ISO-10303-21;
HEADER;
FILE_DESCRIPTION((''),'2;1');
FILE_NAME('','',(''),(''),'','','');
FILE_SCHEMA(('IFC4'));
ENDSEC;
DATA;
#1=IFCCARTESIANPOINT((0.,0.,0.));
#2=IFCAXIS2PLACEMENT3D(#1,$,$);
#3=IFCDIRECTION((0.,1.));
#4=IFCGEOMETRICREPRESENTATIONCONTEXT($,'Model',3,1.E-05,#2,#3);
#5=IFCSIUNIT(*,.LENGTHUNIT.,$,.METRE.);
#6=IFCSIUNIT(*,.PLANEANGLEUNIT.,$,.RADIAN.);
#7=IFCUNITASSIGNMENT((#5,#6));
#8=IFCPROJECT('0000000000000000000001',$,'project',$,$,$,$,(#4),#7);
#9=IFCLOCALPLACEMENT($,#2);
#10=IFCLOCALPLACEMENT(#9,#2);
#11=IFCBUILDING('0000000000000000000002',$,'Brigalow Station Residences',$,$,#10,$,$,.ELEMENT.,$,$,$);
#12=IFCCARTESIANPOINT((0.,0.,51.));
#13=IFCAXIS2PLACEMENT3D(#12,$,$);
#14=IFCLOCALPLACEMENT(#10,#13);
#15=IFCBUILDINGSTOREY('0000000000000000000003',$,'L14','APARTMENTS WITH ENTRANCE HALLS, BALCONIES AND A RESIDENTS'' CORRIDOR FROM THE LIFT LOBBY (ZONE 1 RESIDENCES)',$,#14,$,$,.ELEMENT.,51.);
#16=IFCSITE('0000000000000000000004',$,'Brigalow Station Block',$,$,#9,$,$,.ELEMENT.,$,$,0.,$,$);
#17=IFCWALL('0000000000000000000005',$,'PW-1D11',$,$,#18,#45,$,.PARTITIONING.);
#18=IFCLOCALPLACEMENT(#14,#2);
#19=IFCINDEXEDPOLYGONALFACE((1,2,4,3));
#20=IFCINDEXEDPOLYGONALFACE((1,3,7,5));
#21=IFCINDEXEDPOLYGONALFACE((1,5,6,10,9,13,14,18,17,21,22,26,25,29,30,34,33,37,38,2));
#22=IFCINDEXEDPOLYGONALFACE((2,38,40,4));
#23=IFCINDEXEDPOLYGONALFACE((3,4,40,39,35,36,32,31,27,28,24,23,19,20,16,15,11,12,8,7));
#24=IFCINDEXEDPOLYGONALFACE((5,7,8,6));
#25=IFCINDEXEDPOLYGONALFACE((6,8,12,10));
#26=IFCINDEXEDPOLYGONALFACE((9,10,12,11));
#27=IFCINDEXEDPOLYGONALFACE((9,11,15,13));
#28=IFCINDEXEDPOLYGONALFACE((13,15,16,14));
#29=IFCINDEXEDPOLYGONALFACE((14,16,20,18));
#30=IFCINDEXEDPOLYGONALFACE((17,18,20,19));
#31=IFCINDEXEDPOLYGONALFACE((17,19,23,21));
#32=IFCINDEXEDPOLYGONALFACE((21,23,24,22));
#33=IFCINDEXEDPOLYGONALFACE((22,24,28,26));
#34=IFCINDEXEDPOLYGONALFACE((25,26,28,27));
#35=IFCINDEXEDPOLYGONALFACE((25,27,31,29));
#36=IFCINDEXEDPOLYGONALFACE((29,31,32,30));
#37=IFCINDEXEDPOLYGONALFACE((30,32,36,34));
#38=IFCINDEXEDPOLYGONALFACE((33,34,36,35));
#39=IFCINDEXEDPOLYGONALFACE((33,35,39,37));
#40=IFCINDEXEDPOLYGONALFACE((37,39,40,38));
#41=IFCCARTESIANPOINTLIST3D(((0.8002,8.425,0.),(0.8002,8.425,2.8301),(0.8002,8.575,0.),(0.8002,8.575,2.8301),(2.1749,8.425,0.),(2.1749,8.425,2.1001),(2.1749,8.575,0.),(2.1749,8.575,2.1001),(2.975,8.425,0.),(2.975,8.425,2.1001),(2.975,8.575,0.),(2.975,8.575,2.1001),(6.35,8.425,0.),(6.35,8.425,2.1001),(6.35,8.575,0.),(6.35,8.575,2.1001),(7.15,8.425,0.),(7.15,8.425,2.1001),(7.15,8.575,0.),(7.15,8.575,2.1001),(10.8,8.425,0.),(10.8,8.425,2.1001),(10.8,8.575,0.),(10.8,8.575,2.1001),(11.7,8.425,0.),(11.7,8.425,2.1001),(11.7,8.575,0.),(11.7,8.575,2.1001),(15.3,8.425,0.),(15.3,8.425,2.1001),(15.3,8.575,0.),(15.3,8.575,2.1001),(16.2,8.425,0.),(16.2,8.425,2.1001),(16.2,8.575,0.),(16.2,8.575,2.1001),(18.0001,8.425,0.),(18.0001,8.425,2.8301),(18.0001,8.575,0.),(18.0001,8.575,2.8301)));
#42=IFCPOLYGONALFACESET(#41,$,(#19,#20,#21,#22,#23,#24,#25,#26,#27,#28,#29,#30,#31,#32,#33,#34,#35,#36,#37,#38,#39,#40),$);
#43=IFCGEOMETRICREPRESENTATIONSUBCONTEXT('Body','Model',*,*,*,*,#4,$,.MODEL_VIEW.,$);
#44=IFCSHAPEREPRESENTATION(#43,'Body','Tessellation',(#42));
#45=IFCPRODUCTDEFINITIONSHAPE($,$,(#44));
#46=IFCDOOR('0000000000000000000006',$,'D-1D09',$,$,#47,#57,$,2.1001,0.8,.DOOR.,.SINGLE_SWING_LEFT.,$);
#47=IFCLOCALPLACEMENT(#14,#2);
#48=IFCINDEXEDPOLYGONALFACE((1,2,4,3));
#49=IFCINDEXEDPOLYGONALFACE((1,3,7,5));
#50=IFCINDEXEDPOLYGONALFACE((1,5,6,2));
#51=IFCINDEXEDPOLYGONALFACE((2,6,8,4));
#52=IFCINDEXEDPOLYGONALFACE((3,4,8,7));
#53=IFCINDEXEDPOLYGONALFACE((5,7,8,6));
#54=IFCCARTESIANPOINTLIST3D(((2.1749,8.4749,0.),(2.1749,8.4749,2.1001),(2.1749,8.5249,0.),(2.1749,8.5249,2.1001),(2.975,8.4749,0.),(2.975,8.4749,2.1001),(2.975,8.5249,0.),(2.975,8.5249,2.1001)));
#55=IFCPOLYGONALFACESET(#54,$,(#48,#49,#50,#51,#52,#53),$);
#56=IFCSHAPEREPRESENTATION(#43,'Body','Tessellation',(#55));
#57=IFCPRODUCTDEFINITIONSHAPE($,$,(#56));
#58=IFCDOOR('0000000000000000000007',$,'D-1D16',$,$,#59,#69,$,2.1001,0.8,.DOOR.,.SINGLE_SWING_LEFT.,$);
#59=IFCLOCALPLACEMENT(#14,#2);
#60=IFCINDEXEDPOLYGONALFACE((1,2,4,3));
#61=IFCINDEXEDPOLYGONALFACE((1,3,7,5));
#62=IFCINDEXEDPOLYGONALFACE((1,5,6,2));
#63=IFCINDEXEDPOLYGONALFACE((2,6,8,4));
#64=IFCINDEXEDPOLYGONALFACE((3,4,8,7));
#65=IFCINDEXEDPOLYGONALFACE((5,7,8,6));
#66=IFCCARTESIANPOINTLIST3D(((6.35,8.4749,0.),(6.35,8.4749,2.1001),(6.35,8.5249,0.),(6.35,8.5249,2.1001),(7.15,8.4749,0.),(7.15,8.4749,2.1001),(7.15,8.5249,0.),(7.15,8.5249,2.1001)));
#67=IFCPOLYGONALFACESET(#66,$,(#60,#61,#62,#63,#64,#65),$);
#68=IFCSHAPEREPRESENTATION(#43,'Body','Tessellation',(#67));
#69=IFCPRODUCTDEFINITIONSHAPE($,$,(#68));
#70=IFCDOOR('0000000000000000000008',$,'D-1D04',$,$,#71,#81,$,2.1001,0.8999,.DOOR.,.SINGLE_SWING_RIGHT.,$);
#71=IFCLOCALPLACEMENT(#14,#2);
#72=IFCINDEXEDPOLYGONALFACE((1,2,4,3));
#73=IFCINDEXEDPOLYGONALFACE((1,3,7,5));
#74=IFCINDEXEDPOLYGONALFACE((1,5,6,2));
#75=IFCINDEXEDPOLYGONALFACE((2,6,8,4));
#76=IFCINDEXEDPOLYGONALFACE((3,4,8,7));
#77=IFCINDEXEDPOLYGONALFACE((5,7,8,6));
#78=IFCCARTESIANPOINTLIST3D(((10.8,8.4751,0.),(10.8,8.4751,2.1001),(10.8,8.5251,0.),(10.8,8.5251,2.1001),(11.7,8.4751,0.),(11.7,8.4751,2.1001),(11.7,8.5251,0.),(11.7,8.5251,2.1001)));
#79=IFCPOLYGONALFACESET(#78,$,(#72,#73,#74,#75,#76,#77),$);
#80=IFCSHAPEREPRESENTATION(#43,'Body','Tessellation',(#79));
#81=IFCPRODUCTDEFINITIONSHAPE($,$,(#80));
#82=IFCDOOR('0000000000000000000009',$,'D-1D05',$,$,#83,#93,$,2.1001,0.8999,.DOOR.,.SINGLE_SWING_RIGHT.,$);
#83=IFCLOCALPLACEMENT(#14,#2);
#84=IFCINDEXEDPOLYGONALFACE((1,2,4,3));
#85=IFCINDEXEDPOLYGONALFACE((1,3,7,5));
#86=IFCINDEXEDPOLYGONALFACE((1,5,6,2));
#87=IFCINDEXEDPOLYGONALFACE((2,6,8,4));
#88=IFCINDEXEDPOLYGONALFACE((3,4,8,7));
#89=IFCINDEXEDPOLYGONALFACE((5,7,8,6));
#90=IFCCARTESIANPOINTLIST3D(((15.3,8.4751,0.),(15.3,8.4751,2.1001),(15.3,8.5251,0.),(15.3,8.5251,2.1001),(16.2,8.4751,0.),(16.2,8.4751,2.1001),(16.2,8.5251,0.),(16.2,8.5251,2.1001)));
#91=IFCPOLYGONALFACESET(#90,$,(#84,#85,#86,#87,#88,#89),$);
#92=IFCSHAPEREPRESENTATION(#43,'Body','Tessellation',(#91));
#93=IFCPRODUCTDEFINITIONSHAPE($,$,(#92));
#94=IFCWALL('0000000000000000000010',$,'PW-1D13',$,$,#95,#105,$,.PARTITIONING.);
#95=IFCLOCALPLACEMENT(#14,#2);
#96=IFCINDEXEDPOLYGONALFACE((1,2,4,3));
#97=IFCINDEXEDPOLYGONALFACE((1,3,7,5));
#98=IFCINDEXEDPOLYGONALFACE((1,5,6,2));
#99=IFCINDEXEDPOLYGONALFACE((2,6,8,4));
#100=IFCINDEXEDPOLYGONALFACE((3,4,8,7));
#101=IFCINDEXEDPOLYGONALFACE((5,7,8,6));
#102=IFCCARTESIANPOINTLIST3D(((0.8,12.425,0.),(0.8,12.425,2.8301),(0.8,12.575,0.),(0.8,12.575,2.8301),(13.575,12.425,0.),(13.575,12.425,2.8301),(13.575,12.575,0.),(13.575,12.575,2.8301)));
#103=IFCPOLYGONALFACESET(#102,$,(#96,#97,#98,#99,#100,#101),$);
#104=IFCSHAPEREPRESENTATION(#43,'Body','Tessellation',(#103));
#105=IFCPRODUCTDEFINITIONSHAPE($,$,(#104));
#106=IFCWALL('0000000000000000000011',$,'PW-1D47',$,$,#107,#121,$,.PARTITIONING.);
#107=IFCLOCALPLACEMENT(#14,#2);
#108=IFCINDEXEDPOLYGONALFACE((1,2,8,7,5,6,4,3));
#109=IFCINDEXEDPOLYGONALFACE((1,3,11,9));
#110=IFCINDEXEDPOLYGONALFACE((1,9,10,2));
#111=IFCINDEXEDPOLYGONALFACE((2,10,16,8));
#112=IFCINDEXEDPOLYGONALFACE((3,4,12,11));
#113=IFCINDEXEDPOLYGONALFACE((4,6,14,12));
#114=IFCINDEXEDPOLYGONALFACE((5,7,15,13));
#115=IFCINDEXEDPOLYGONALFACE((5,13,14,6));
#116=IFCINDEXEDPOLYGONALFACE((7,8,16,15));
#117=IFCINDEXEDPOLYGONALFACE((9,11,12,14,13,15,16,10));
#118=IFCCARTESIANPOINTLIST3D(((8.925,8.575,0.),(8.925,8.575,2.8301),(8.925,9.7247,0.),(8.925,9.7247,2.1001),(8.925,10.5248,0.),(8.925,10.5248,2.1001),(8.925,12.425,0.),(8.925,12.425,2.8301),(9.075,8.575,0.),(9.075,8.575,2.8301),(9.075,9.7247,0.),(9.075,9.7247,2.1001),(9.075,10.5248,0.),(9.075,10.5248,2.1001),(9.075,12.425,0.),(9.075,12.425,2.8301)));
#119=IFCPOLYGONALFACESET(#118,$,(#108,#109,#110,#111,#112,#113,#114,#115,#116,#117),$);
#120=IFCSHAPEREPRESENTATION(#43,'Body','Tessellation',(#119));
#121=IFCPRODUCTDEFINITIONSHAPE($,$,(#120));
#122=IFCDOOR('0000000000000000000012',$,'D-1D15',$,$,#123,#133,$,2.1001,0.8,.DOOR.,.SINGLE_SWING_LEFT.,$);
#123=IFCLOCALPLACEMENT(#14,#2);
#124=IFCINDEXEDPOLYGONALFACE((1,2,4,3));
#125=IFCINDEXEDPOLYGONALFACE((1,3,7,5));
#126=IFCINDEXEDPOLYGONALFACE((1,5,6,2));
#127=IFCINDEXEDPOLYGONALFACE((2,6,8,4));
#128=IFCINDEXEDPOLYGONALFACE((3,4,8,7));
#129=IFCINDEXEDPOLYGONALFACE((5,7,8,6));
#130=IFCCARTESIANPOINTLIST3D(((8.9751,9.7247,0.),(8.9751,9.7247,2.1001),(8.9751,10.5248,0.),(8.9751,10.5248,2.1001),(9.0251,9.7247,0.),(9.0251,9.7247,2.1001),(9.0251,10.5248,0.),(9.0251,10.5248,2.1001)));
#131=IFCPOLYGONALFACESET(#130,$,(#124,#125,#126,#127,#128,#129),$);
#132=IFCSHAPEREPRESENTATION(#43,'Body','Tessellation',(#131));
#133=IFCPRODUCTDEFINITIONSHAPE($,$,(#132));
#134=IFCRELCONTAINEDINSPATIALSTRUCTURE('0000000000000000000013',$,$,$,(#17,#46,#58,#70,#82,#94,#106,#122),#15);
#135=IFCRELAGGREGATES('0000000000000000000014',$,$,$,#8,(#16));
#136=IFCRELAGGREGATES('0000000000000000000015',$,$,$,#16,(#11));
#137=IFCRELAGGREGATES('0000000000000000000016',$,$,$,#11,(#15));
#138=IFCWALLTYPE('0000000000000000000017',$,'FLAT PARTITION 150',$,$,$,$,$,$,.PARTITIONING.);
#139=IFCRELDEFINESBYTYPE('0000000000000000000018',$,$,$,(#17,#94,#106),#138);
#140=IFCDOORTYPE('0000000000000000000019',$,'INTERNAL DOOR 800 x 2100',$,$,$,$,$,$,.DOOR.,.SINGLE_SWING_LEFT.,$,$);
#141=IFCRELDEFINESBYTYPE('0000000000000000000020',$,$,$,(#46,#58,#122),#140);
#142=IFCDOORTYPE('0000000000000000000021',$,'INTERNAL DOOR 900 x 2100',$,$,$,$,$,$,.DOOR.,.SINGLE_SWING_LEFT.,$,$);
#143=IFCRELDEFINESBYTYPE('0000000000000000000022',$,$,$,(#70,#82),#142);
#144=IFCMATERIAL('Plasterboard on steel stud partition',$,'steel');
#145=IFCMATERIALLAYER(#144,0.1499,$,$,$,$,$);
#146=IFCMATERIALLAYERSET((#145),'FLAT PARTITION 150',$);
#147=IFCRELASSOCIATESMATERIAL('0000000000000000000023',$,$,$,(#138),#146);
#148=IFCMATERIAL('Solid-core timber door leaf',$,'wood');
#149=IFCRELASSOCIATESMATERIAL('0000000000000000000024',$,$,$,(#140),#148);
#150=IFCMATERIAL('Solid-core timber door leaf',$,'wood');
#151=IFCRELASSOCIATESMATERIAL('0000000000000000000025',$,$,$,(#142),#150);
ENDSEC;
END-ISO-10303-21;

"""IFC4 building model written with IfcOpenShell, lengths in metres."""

from ifc_helpers import new_model, si_unit, direction, frame, frame_2d, origin, place, context, subcontext, project, spatial, rectangle, extrude, material, layer, layer_set, type_object, element, fill, save


model = new_model("IFC4")

# Units and contexts
model_context = context("Model", 3, precision=1e-05, world=origin(), true_north=direction((0.0, 1.0)))
body_context = subcontext(model_context, "Body", "Model", "MODEL_VIEW")
ifc_project = project(units=[si_unit("LENGTHUNIT", "METRE"), si_unit("PLANEANGLEUNIT", "RADIAN")], contexts=[model_context])

# Site, building, storey
site_placement = place(None, origin())
site = spatial("IfcSite", under=ifc_project, at=site_placement, Name="Brigalow Station Block", CompositionType="ELEMENT", RefElevation=0.0)
building_placement = place(site_placement, origin())
building = spatial("IfcBuilding", under=site, at=building_placement, Name="Brigalow Station Residences", CompositionType="ELEMENT")
storey_placement = place(building_placement, frame((0.0, 0.0, 51.0)))
storey = spatial("IfcBuildingStorey", under=building, at=storey_placement, Name="L14", Description="APARTMENTS WITH ENTRANCE HALLS, BALCONIES AND A RESIDENTS' CORRIDOR FROM THE LIFT LOBBY (ZONE 1 RESIDENCES)", CompositionType="ELEMENT", Elevation=51.0)

# Wall, openings, doors
ifc_material_1 = material(Name="Plasterboard on steel stud partition", Category="steel")
ifc_layer_1 = layer(ifc_material_1, 0.1499)
ifc_layer_set_1 = layer_set([ifc_layer_1], Name="FLAT PARTITION 150")
wall_type_1 = type_object("IfcWallType", Name="FLAT PARTITION 150", PredefinedType="PARTITIONING", material=ifc_layer_set_1)
wall_1_placement = place(storey_placement, frame((0.8, 8.5, 0.0), z_axis=(0.0, 0.0, 1.0), x_axis=(1.0, 0.0, 0.0)))
wall_1 = element("IfcWall", 1, at=wall_1_placement, inside=storey, type_object=wall_type_1, Name="PW-1D11", PredefinedType="PARTITIONING", context=body_context, shape_type="SweptSolid", body=[
    extrude(rectangle(XDim=17.2, YDim=0.1499, at=frame_2d((8.6001, 0.0))), origin(), (0.0, 0.0, 1.0), 2.8301),
])
opening_1_placement = place(wall_1_placement, frame((10.0, 0.0, 0.0)))
opening_1 = element("IfcOpeningElement", 2, at=opening_1_placement, cuts=wall_1, PredefinedType="OPENING", context=body_context, shape_type="SweptSolid", body=[
    extrude(rectangle(XDim=0.8999, YDim=2.1001, at=frame_2d((0.45, 1.05))), frame((0.0, 0.085, 0.0), z_axis=(0.0, -1.0, 0.0), x_axis=(1.0, 0.0, 0.0)), (0.0, 0.0, 1.0), 0.1699),
])
opening_2_placement = place(wall_1_placement, frame((14.5, 0.0, 0.0)))
opening_2 = element("IfcOpeningElement", 3, at=opening_2_placement, cuts=wall_1, PredefinedType="OPENING", context=body_context, shape_type="SweptSolid", body=[
    extrude(rectangle(XDim=0.8999, YDim=2.1001, at=frame_2d((0.45, 1.05))), frame((0.0, 0.085, 0.0), z_axis=(0.0, -1.0, 0.0), x_axis=(1.0, 0.0, 0.0)), (0.0, 0.0, 1.0), 0.1699),
])
opening_3_placement = place(wall_1_placement, frame((1.375, 0.0, 0.0)))
opening_3 = element("IfcOpeningElement", 4, at=opening_3_placement, cuts=wall_1, PredefinedType="OPENING", context=body_context, shape_type="SweptSolid", body=[
    extrude(rectangle(XDim=0.8, YDim=2.1001, at=frame_2d((0.3999, 1.05))), frame((0.0, 0.085, 0.0), z_axis=(0.0, -1.0, 0.0), x_axis=(1.0, 0.0, 0.0)), (0.0, 0.0, 1.0), 0.1699),
])
opening_4_placement = place(wall_1_placement, frame((5.55, 0.0, 0.0)))
opening_4 = element("IfcOpeningElement", 5, at=opening_4_placement, cuts=wall_1, PredefinedType="OPENING", context=body_context, shape_type="SweptSolid", body=[
    extrude(rectangle(XDim=0.8, YDim=2.1001, at=frame_2d((0.3999, 1.05))), frame((0.0, 0.085, 0.0), z_axis=(0.0, -1.0, 0.0), x_axis=(1.0, 0.0, 0.0)), (0.0, 0.0, 1.0), 0.1699),
])
ifc_material_2 = material(Name="Solid-core timber door leaf", Category="wood")
door_type_1 = type_object("IfcDoorType", Name="INTERNAL DOOR 800 x 2100", OperationType="SINGLE_SWING_LEFT", PredefinedType="DOOR", material=ifc_material_2)
door_1_placement = place(opening_3_placement, origin())
door_1 = element("IfcDoor", 6, at=door_1_placement, inside=storey, type_object=door_type_1, Name="D-1D09", OperationType="SINGLE_SWING_LEFT", OverallHeight=2.1001, OverallWidth=0.8, PredefinedType="DOOR", context=body_context, shape_type="SweptSolid", body=[
    extrude(rectangle(XDim=0.8, YDim=2.1001, at=frame_2d((0.3999, 1.05))), frame((0.0, 0.0249, 0.0), z_axis=(0.0, -1.0, 0.0), x_axis=(1.0, 0.0, 0.0)), (0.0, 0.0, 1.0), 0.05),
])
fill(opening_3, door_1)
door_2_placement = place(opening_4_placement, origin())
door_2 = element("IfcDoor", 7, at=door_2_placement, inside=storey, type_object=door_type_1, Name="D-1D16", OperationType="SINGLE_SWING_LEFT", OverallHeight=2.1001, OverallWidth=0.8, PredefinedType="DOOR", context=body_context, shape_type="SweptSolid", body=[
    extrude(rectangle(XDim=0.8, YDim=2.1001, at=frame_2d((0.3999, 1.05))), frame((0.0, 0.0249, 0.0), z_axis=(0.0, -1.0, 0.0), x_axis=(1.0, 0.0, 0.0)), (0.0, 0.0, 1.0), 0.05),
])
fill(opening_4, door_2)
ifc_material_3 = material(Name="Solid-core timber door leaf", Category="wood")
door_type_2 = type_object("IfcDoorType", Name="INTERNAL DOOR 900 x 2100", OperationType="SINGLE_SWING_LEFT", PredefinedType="DOOR", material=ifc_material_3)
door_3_placement = place(opening_1_placement, frame((0.8999, 0.0, 0.0), z_axis=(0.0, 0.0, 1.0), x_axis=(-1.0, 0.0, 0.0)))
door_3 = element("IfcDoor", 8, at=door_3_placement, inside=storey, type_object=door_type_2, Name="D-1D04", OperationType="SINGLE_SWING_RIGHT", OverallHeight=2.1001, OverallWidth=0.8999, PredefinedType="DOOR", context=body_context, shape_type="SweptSolid", body=[
    extrude(rectangle(XDim=0.8999, YDim=2.1001, at=frame_2d((0.45, 1.05))), frame((0.0, 0.0249, 0.0), z_axis=(0.0, -1.0, 0.0), x_axis=(1.0, 0.0, 0.0)), (0.0, 0.0, 1.0), 0.05),
])
fill(opening_1, door_3)
door_4_placement = place(opening_2_placement, frame((0.8999, 0.0, 0.0), z_axis=(0.0, 0.0, 1.0), x_axis=(-1.0, 0.0, 0.0)))
door_4 = element("IfcDoor", 9, at=door_4_placement, inside=storey, type_object=door_type_2, Name="D-1D05", OperationType="SINGLE_SWING_RIGHT", OverallHeight=2.1001, OverallWidth=0.8999, PredefinedType="DOOR", context=body_context, shape_type="SweptSolid", body=[
    extrude(rectangle(XDim=0.8999, YDim=2.1001, at=frame_2d((0.45, 1.05))), frame((0.0, 0.0249, 0.0), z_axis=(0.0, -1.0, 0.0), x_axis=(1.0, 0.0, 0.0)), (0.0, 0.0, 1.0), 0.05),
])
fill(opening_2, door_4)

# Wall
wall_2_placement = place(storey_placement, frame((0.8, 12.5, 0.0), z_axis=(0.0, 0.0, 1.0), x_axis=(1.0, 0.0, 0.0)))
element("IfcWall", 10, at=wall_2_placement, inside=storey, type_object=wall_type_1, Name="PW-1D13", PredefinedType="PARTITIONING", context=body_context, shape_type="SweptSolid", body=[
    extrude(rectangle(XDim=12.7749, YDim=0.1499, at=frame_2d((6.3875, 0.0))), origin(), (0.0, 0.0, 1.0), 2.8301),
])

# Wall, opening, door
wall_3_placement = place(storey_placement, frame((9.0, 8.575, 0.0), z_axis=(0.0, 0.0, 1.0), x_axis=(0.0, 1.0, 0.0)))
wall_3 = element("IfcWall", 11, at=wall_3_placement, inside=storey, type_object=wall_type_1, Name="PW-1D47", PredefinedType="PARTITIONING", context=body_context, shape_type="SweptSolid", body=[
    extrude(rectangle(XDim=3.8501, YDim=0.1499, at=frame_2d((1.925, 0.0))), origin(), (0.0, 0.0, 1.0), 2.8301),
])
opening_5_placement = place(wall_3_placement, frame((1.1499, 0.0, 0.0)))
opening_5 = element("IfcOpeningElement", 12, at=opening_5_placement, cuts=wall_3, PredefinedType="OPENING", context=body_context, shape_type="SweptSolid", body=[
    extrude(rectangle(XDim=0.8, YDim=2.1001, at=frame_2d((0.3999, 1.05))), frame((0.0, 0.085, 0.0), z_axis=(0.0, -1.0, 0.0), x_axis=(1.0, 0.0, 0.0)), (0.0, 0.0, 1.0), 0.1699),
])
door_5_placement = place(opening_5_placement, origin())
door_5 = element("IfcDoor", 13, at=door_5_placement, inside=storey, type_object=door_type_1, Name="D-1D15", OperationType="SINGLE_SWING_LEFT", OverallHeight=2.1001, OverallWidth=0.8, PredefinedType="DOOR", context=body_context, shape_type="SweptSolid", body=[
    extrude(rectangle(XDim=0.8, YDim=2.1001, at=frame_2d((0.3999, 1.05))), frame((0.0, 0.0249, 0.0), z_axis=(0.0, -1.0, 0.0), x_axis=(1.0, 0.0, 0.0)), (0.0, 0.0, 1.0), 0.05),
])
fill(opening_5, door_5)

save(model, "model.ifc")
